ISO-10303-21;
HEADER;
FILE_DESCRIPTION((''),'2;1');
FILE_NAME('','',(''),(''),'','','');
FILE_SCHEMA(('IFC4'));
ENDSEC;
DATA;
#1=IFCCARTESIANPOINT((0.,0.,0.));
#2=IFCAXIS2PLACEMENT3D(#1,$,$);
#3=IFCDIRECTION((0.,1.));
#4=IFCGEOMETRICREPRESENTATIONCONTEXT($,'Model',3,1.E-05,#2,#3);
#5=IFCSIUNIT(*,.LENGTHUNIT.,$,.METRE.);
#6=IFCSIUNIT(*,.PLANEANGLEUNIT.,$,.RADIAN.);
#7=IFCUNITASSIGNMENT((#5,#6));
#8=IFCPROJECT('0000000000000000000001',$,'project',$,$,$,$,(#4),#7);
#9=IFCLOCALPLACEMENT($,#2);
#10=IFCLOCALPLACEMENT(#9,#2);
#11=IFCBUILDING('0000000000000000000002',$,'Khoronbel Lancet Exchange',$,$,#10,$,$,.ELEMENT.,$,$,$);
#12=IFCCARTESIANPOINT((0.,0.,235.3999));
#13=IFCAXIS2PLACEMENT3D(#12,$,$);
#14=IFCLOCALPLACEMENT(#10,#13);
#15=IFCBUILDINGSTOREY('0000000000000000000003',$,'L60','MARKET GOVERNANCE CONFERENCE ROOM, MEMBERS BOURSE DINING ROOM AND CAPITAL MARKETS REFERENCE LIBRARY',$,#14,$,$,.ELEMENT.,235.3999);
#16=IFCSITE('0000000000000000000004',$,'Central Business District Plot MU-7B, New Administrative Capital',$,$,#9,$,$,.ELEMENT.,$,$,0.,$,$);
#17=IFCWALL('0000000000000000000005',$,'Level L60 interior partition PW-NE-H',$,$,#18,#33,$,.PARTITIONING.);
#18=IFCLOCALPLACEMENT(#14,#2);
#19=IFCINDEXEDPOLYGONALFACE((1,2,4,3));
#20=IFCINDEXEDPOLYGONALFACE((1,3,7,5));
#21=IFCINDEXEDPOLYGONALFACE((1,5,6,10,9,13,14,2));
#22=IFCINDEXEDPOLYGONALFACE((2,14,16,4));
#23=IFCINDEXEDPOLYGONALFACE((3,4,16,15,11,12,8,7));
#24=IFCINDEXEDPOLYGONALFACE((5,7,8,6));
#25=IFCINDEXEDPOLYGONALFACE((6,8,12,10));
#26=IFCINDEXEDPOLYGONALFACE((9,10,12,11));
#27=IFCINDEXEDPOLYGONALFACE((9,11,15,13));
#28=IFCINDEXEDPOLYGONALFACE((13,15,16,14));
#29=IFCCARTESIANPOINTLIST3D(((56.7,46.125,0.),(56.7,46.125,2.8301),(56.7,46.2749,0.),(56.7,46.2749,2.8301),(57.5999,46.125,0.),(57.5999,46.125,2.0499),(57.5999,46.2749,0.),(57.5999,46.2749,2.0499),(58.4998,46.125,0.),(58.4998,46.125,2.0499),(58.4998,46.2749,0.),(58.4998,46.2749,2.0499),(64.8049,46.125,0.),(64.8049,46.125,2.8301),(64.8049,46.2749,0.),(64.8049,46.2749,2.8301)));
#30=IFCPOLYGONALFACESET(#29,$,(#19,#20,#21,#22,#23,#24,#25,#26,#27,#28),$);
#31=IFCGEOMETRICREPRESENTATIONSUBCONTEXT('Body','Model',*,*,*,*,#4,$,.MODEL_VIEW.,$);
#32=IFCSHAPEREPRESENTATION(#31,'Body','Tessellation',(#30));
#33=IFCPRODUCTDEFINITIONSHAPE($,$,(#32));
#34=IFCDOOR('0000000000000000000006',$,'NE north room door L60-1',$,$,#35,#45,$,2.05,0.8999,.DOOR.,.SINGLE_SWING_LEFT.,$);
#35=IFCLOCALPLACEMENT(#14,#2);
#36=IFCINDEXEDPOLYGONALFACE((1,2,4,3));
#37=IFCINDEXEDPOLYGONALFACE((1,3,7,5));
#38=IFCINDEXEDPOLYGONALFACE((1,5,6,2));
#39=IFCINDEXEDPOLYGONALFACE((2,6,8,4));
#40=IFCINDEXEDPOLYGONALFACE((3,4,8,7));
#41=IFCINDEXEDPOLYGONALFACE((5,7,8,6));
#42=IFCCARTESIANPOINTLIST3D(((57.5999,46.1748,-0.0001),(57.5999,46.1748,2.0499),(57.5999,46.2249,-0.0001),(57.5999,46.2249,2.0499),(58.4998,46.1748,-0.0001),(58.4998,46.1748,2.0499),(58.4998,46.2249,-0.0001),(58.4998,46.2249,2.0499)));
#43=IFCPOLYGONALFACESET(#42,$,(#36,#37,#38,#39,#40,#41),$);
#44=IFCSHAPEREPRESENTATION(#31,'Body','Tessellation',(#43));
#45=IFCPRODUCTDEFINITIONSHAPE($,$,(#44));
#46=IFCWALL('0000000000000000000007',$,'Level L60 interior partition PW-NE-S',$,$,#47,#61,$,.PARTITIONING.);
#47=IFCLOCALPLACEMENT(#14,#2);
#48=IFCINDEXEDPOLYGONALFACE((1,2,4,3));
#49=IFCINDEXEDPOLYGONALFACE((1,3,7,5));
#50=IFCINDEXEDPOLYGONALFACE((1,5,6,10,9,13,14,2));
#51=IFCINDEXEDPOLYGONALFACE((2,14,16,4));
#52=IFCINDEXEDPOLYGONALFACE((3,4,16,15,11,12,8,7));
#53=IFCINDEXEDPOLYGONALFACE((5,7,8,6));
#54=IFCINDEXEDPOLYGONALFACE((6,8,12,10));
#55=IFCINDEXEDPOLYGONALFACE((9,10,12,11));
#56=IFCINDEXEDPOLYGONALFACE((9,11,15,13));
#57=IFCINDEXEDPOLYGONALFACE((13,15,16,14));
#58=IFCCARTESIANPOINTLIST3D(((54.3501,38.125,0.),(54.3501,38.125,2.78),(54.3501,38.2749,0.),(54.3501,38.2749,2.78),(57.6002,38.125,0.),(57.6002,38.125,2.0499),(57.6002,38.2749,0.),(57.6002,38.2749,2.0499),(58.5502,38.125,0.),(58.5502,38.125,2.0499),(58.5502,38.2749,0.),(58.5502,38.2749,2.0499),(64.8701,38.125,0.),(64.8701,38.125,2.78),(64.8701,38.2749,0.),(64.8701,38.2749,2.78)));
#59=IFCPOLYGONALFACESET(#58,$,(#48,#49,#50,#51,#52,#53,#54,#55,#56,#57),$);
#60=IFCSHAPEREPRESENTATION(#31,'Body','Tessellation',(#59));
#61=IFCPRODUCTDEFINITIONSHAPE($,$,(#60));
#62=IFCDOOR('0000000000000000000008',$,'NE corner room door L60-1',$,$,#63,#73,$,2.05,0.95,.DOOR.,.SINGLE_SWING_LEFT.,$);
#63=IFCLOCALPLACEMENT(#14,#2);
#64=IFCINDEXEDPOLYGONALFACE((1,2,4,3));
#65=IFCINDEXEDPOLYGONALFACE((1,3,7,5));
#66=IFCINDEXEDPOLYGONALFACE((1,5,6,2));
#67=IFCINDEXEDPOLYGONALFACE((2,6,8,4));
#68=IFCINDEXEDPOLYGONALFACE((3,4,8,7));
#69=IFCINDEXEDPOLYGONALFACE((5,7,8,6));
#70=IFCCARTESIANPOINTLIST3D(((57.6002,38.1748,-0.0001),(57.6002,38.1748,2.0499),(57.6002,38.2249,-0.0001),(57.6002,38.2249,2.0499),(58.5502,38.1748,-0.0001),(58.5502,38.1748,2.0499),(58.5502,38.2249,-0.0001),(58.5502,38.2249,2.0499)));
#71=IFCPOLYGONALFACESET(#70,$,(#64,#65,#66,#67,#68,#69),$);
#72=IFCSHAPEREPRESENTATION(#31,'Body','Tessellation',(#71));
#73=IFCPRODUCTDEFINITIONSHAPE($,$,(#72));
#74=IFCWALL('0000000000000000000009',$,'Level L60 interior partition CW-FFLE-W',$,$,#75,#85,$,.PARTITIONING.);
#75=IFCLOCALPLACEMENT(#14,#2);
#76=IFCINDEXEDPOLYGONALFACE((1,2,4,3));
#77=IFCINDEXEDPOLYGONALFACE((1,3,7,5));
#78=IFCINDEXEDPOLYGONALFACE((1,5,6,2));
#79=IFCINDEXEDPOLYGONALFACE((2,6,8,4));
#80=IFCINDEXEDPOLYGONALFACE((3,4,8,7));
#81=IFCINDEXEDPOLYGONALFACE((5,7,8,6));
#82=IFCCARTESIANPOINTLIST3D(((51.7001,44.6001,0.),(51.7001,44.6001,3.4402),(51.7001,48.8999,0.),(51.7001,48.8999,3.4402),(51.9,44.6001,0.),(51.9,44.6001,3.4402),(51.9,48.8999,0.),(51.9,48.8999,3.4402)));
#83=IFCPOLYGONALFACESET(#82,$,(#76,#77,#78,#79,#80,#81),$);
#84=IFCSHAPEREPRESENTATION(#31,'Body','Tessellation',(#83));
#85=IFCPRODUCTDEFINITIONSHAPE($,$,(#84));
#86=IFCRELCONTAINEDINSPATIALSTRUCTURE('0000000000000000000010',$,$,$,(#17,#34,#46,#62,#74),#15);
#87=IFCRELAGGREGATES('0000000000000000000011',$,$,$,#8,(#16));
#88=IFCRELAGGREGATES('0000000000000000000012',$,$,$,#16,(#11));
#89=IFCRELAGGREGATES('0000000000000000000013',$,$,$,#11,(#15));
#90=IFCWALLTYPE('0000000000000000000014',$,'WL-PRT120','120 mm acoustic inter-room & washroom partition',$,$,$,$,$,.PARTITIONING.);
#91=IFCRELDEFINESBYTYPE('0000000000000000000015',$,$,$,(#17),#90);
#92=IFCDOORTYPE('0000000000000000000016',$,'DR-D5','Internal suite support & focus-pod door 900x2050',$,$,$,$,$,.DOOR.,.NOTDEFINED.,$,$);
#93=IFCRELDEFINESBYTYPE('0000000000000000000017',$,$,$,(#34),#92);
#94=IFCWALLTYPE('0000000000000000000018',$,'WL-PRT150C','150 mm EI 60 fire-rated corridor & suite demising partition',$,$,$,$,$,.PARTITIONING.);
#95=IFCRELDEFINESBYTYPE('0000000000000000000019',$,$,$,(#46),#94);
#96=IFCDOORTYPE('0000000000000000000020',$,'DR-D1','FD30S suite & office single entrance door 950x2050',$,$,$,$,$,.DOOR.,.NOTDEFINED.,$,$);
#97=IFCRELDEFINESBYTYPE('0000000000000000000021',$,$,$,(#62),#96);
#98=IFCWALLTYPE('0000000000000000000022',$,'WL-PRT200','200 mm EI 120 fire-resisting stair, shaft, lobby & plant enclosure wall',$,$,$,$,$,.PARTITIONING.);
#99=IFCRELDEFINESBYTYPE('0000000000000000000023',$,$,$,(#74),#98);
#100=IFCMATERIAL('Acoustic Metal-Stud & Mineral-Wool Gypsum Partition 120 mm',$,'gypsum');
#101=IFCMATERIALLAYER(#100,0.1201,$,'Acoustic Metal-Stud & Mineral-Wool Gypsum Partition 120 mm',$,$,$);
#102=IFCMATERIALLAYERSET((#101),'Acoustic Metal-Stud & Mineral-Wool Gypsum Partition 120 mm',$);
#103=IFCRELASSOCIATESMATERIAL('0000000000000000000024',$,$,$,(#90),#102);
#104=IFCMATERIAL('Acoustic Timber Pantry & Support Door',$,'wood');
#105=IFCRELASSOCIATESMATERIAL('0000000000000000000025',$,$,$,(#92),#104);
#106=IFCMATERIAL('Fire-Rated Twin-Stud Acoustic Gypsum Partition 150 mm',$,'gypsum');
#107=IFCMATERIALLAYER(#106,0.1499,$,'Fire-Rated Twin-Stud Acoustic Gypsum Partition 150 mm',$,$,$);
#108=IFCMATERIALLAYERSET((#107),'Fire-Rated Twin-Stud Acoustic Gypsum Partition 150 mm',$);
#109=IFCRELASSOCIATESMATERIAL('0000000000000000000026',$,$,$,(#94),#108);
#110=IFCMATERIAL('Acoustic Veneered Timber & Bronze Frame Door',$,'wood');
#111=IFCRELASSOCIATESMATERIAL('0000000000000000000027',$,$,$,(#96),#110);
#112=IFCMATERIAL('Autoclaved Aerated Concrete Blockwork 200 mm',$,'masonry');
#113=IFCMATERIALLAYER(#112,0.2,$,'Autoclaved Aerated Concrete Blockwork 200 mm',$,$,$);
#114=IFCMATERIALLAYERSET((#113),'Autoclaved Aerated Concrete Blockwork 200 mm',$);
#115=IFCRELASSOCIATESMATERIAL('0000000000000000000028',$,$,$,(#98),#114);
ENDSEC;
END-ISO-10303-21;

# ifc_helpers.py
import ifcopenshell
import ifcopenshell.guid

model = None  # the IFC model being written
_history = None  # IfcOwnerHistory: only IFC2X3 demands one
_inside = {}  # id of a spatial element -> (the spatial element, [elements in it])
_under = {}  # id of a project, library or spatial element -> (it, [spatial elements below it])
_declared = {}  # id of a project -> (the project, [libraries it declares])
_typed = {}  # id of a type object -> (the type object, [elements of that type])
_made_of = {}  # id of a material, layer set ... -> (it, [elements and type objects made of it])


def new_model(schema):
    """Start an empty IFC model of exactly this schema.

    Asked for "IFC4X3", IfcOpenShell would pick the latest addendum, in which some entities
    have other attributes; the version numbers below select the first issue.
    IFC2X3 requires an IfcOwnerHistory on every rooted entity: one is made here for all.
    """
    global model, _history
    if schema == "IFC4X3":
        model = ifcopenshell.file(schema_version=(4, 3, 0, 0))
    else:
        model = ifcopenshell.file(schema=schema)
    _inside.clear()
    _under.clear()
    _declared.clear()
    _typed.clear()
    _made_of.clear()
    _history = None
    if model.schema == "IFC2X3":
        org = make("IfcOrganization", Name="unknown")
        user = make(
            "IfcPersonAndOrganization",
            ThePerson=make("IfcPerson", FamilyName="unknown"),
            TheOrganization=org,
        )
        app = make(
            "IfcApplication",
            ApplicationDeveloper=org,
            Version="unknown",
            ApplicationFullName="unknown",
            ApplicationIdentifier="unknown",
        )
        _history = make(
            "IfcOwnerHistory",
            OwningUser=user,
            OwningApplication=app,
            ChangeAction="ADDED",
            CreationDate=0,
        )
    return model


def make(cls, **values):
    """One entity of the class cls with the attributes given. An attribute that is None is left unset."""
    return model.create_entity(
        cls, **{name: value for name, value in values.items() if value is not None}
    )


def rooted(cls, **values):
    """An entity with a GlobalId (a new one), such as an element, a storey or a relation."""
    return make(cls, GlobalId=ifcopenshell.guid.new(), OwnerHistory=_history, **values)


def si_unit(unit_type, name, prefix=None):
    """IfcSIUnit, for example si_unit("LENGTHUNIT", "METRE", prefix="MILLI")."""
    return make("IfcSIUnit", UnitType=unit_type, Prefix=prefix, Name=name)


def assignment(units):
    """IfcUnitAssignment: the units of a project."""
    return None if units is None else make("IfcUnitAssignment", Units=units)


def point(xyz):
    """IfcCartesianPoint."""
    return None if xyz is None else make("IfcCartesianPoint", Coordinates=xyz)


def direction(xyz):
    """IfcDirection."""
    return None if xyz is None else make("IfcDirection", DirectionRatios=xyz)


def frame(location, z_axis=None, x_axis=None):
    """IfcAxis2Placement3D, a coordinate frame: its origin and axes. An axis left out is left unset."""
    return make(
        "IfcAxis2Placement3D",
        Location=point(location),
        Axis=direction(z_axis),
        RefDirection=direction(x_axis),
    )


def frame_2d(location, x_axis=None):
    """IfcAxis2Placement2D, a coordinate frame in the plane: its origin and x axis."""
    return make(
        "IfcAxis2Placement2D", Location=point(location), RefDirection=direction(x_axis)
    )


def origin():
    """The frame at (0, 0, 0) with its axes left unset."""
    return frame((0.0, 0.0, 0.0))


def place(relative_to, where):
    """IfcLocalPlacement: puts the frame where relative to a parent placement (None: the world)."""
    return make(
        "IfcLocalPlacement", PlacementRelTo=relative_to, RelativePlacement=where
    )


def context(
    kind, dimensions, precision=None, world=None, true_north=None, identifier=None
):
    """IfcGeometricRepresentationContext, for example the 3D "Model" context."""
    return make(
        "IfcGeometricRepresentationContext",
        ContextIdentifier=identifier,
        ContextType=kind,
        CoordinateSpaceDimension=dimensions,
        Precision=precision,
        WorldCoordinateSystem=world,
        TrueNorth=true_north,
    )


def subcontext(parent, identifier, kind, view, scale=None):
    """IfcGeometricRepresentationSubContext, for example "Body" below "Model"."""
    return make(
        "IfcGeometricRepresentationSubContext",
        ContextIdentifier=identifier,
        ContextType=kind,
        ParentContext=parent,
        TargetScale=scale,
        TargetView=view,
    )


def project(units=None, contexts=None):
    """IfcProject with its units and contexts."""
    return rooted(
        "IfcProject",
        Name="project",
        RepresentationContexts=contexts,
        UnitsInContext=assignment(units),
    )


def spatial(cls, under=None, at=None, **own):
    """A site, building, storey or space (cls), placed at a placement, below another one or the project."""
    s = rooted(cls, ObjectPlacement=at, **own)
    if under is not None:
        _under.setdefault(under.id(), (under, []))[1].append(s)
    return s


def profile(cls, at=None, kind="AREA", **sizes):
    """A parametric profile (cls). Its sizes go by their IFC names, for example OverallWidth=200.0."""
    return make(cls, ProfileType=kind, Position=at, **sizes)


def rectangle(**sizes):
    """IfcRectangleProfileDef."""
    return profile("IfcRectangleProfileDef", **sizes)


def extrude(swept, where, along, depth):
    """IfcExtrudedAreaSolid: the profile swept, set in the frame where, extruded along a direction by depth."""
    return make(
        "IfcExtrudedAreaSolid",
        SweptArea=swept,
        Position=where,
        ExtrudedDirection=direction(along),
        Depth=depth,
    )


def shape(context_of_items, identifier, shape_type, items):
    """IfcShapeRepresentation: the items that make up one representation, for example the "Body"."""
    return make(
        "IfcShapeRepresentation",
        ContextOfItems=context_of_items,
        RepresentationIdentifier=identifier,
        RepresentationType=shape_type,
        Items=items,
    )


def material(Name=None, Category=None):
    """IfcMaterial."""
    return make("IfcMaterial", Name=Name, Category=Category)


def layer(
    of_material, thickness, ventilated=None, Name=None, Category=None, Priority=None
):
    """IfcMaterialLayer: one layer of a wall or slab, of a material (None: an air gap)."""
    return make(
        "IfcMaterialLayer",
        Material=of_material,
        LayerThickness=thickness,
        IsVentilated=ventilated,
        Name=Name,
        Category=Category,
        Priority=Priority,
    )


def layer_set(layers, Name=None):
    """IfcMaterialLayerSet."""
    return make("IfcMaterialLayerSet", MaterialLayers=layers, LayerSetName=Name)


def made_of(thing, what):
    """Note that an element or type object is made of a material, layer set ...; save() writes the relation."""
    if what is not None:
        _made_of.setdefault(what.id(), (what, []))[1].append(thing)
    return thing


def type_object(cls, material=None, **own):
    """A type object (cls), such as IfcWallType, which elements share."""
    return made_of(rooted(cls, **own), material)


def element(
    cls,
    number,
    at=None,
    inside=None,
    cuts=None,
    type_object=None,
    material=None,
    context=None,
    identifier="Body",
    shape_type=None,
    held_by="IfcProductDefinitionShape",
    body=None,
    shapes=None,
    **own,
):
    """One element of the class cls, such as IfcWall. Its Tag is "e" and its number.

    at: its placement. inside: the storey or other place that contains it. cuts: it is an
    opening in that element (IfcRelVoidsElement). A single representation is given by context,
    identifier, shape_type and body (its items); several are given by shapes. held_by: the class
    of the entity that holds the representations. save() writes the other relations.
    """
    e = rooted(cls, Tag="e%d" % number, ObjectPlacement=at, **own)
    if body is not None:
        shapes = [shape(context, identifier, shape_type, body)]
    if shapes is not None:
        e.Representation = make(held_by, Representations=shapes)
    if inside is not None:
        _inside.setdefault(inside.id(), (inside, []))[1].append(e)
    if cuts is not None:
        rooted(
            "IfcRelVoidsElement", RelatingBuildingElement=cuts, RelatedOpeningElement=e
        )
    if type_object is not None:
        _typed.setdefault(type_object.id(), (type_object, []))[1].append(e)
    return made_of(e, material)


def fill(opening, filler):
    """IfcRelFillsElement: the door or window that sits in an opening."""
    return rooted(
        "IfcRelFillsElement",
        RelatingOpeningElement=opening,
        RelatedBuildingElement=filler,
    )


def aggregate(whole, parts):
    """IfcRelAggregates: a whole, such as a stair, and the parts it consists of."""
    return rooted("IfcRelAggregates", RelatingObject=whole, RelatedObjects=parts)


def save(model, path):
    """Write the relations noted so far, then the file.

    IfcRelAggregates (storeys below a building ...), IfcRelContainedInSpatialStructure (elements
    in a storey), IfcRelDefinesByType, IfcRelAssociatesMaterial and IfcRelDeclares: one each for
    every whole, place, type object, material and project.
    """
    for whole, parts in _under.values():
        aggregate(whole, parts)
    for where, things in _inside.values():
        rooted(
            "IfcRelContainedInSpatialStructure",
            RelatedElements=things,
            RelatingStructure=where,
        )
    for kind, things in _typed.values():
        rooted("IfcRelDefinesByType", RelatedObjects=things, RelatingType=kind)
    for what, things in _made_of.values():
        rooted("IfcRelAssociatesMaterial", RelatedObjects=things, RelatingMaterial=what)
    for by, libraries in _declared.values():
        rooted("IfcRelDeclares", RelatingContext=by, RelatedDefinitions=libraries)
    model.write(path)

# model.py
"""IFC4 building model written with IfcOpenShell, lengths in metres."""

from ifc_helpers import new_model, si_unit, direction, frame, frame_2d, origin, place, context, subcontext, project, spatial, rectangle, extrude, material, layer, layer_set, type_object, element, fill, save


model = new_model("IFC4")

# Units and contexts
model_context = context("Model", 3, precision=1e-05, world=origin(), true_north=direction((0.0, 1.0)))
body_context = subcontext(model_context, "Body", "Model", "MODEL_VIEW")
ifc_project = project(units=[si_unit("LENGTHUNIT", "METRE"), si_unit("PLANEANGLEUNIT", "RADIAN")], contexts=[model_context])

# Site, building, storey
site_placement = place(None, origin())
site = spatial("IfcSite", under=ifc_project, at=site_placement, Name="Central Business District Plot MU-7B, New Administrative Capital", CompositionType="ELEMENT", RefElevation=0.0)
building_placement = place(site_placement, origin())
building = spatial("IfcBuilding", under=site, at=building_placement, Name="Khoronbel Lancet Exchange", CompositionType="ELEMENT")
storey_placement = place(building_placement, frame((0.0, 0.0, 235.3999)))
storey = spatial("IfcBuildingStorey", under=building, at=storey_placement, Name="L60", Description="MARKET GOVERNANCE CONFERENCE ROOM, MEMBERS BOURSE DINING ROOM AND CAPITAL MARKETS REFERENCE LIBRARY", CompositionType="ELEMENT", Elevation=235.3999)

# Shared definitions
ifc_material_1 = material(Name="Acoustic Metal-Stud & Mineral-Wool Gypsum Partition 120 mm", Category="gypsum")
ifc_layer_1 = layer(ifc_material_1, 0.1201, Name="Acoustic Metal-Stud & Mineral-Wool Gypsum Partition 120 mm")
ifc_layer_set_1 = layer_set([ifc_layer_1], Name="Acoustic Metal-Stud & Mineral-Wool Gypsum Partition 120 mm")
wall_type_1 = type_object("IfcWallType", Name="WL-PRT120", Description="120 mm acoustic inter-room & washroom partition", PredefinedType="PARTITIONING", material=ifc_layer_set_1)

# Walls, openings, doors
wall_1_placement = place(storey_placement, frame((56.7, 46.2, 0.0), z_axis=(0.0, 0.0, 1.0), x_axis=(1.0, 0.0, 0.0)))
wall_1 = element("IfcWall", 1, at=wall_1_placement, inside=storey, type_object=wall_type_1, Name="Level L60 interior partition PW-NE-H", PredefinedType="PARTITIONING", context=body_context, shape_type="SweptSolid", body=[
    extrude(rectangle(XDim=8.105, YDim=0.1499, at=frame_2d((4.0525, 0.0))), origin(), (0.0, 0.0, 1.0), 2.8301),
])
opening_1_placement = place(wall_1_placement, frame((0.8999, 0.0, 0.0)))
opening_1 = element("IfcOpeningElement", 2, at=opening_1_placement, cuts=wall_1, PredefinedType="OPENING", context=body_context, shape_type="SweptSolid", body=[
    extrude(rectangle(XDim=0.8999, YDim=2.05, at=frame_2d((0.45, 1.0249))), frame((0.0, 0.085, 0.0), z_axis=(0.0, -1.0, 0.0), x_axis=(1.0, 0.0, 0.0)), (0.0, 0.0, 1.0), 0.1699),
])
ifc_material_2 = material(Name="Acoustic Timber Pantry & Support Door", Category="wood")
door_type_1 = type_object("IfcDoorType", Name="DR-D5", Description="Internal suite support & focus-pod door 900x2050", OperationType="NOTDEFINED", PredefinedType="DOOR", material=ifc_material_2)
door_1_placement = place(opening_1_placement, origin())
door_1 = element("IfcDoor", 3, at=door_1_placement, inside=storey, type_object=door_type_1, Name="NE north room door L60-1", OperationType="SINGLE_SWING_LEFT", OverallHeight=2.05, OverallWidth=0.8999, PredefinedType="DOOR", context=body_context, shape_type="SweptSolid", body=[
    extrude(rectangle(XDim=0.8999, YDim=2.05, at=frame_2d((0.45, 1.0249))), frame((0.0, 0.0249, 0.0), z_axis=(0.0, -1.0, 0.0), x_axis=(1.0, 0.0, 0.0)), (0.0, 0.0, 1.0), 0.05),
])
fill(opening_1, door_1)
ifc_material_3 = material(Name="Fire-Rated Twin-Stud Acoustic Gypsum Partition 150 mm", Category="gypsum")
ifc_layer_2 = layer(ifc_material_3, 0.1499, Name="Fire-Rated Twin-Stud Acoustic Gypsum Partition 150 mm")
ifc_layer_set_2 = layer_set([ifc_layer_2], Name="Fire-Rated Twin-Stud Acoustic Gypsum Partition 150 mm")
wall_type_2 = type_object("IfcWallType", Name="WL-PRT150C", Description="150 mm EI 60 fire-rated corridor & suite demising partition", PredefinedType="PARTITIONING", material=ifc_layer_set_2)
wall_2_placement = place(storey_placement, frame((54.3501, 38.2, 0.0), z_axis=(0.0, 0.0, 1.0), x_axis=(1.0, 0.0, 0.0)))
wall_2 = element("IfcWall", 4, at=wall_2_placement, inside=storey, type_object=wall_type_2, Name="Level L60 interior partition PW-NE-S", PredefinedType="PARTITIONING", context=body_context, shape_type="SweptSolid", body=[
    extrude(rectangle(XDim=10.52, YDim=0.1499, at=frame_2d((5.26, 0.0))), origin(), (0.0, 0.0, 1.0), 2.78),
])
opening_2_placement = place(wall_2_placement, frame((3.25, 0.0, 0.0)))
opening_2 = element("IfcOpeningElement", 5, at=opening_2_placement, cuts=wall_2, PredefinedType="OPENING", context=body_context, shape_type="SweptSolid", body=[
    extrude(rectangle(XDim=0.95, YDim=2.05, at=frame_2d((0.4751, 1.0249))), frame((0.0, 0.085, 0.0), z_axis=(0.0, -1.0, 0.0), x_axis=(1.0, 0.0, 0.0)), (0.0, 0.0, 1.0), 0.1699),
])
ifc_material_4 = material(Name="Acoustic Veneered Timber & Bronze Frame Door", Category="wood")
door_type_2 = type_object("IfcDoorType", Name="DR-D1", Description="FD30S suite & office single entrance door 950x2050", OperationType="NOTDEFINED", PredefinedType="DOOR", material=ifc_material_4)
door_2_placement = place(opening_2_placement, origin())
door_2 = element("IfcDoor", 6, at=door_2_placement, inside=storey, type_object=door_type_2, Name="NE corner room door L60-1", OperationType="SINGLE_SWING_LEFT", OverallHeight=2.05, OverallWidth=0.95, PredefinedType="DOOR", context=body_context, shape_type="SweptSolid", body=[
    extrude(rectangle(XDim=0.95, YDim=2.05, at=frame_2d((0.4751, 1.0249))), frame((0.0, 0.0249, 0.0), z_axis=(0.0, -1.0, 0.0), x_axis=(1.0, 0.0, 0.0)), (0.0, 0.0, 1.0), 0.05),
])
fill(opening_2, door_2)

# Wall
ifc_material_5 = material(Name="Autoclaved Aerated Concrete Blockwork 200 mm", Category="masonry")
ifc_layer_3 = layer(ifc_material_5, 0.2, Name="Autoclaved Aerated Concrete Blockwork 200 mm")
ifc_layer_set_3 = layer_set([ifc_layer_3], Name="Autoclaved Aerated Concrete Blockwork 200 mm")
wall_type_3 = type_object("IfcWallType", Name="WL-PRT200", Description="200 mm EI 120 fire-resisting stair, shaft, lobby & plant enclosure wall", PredefinedType="PARTITIONING", material=ifc_layer_set_3)
wall_3_placement = place(storey_placement, frame((51.8, 44.6001, 0.0), z_axis=(0.0, 0.0, 1.0), x_axis=(0.0, 1.0, 0.0)))
element("IfcWall", 7, at=wall_3_placement, inside=storey, type_object=wall_type_3, Name="Level L60 interior partition CW-FFLE-W", PredefinedType="PARTITIONING", context=body_context, shape_type="SweptSolid", body=[
    extrude(rectangle(XDim=4.2998, YDim=0.2, at=frame_2d((2.1499, 0.0))), origin(), (0.0, 0.0, 1.0), 3.4402),
])

save(model, "model.ifc")
